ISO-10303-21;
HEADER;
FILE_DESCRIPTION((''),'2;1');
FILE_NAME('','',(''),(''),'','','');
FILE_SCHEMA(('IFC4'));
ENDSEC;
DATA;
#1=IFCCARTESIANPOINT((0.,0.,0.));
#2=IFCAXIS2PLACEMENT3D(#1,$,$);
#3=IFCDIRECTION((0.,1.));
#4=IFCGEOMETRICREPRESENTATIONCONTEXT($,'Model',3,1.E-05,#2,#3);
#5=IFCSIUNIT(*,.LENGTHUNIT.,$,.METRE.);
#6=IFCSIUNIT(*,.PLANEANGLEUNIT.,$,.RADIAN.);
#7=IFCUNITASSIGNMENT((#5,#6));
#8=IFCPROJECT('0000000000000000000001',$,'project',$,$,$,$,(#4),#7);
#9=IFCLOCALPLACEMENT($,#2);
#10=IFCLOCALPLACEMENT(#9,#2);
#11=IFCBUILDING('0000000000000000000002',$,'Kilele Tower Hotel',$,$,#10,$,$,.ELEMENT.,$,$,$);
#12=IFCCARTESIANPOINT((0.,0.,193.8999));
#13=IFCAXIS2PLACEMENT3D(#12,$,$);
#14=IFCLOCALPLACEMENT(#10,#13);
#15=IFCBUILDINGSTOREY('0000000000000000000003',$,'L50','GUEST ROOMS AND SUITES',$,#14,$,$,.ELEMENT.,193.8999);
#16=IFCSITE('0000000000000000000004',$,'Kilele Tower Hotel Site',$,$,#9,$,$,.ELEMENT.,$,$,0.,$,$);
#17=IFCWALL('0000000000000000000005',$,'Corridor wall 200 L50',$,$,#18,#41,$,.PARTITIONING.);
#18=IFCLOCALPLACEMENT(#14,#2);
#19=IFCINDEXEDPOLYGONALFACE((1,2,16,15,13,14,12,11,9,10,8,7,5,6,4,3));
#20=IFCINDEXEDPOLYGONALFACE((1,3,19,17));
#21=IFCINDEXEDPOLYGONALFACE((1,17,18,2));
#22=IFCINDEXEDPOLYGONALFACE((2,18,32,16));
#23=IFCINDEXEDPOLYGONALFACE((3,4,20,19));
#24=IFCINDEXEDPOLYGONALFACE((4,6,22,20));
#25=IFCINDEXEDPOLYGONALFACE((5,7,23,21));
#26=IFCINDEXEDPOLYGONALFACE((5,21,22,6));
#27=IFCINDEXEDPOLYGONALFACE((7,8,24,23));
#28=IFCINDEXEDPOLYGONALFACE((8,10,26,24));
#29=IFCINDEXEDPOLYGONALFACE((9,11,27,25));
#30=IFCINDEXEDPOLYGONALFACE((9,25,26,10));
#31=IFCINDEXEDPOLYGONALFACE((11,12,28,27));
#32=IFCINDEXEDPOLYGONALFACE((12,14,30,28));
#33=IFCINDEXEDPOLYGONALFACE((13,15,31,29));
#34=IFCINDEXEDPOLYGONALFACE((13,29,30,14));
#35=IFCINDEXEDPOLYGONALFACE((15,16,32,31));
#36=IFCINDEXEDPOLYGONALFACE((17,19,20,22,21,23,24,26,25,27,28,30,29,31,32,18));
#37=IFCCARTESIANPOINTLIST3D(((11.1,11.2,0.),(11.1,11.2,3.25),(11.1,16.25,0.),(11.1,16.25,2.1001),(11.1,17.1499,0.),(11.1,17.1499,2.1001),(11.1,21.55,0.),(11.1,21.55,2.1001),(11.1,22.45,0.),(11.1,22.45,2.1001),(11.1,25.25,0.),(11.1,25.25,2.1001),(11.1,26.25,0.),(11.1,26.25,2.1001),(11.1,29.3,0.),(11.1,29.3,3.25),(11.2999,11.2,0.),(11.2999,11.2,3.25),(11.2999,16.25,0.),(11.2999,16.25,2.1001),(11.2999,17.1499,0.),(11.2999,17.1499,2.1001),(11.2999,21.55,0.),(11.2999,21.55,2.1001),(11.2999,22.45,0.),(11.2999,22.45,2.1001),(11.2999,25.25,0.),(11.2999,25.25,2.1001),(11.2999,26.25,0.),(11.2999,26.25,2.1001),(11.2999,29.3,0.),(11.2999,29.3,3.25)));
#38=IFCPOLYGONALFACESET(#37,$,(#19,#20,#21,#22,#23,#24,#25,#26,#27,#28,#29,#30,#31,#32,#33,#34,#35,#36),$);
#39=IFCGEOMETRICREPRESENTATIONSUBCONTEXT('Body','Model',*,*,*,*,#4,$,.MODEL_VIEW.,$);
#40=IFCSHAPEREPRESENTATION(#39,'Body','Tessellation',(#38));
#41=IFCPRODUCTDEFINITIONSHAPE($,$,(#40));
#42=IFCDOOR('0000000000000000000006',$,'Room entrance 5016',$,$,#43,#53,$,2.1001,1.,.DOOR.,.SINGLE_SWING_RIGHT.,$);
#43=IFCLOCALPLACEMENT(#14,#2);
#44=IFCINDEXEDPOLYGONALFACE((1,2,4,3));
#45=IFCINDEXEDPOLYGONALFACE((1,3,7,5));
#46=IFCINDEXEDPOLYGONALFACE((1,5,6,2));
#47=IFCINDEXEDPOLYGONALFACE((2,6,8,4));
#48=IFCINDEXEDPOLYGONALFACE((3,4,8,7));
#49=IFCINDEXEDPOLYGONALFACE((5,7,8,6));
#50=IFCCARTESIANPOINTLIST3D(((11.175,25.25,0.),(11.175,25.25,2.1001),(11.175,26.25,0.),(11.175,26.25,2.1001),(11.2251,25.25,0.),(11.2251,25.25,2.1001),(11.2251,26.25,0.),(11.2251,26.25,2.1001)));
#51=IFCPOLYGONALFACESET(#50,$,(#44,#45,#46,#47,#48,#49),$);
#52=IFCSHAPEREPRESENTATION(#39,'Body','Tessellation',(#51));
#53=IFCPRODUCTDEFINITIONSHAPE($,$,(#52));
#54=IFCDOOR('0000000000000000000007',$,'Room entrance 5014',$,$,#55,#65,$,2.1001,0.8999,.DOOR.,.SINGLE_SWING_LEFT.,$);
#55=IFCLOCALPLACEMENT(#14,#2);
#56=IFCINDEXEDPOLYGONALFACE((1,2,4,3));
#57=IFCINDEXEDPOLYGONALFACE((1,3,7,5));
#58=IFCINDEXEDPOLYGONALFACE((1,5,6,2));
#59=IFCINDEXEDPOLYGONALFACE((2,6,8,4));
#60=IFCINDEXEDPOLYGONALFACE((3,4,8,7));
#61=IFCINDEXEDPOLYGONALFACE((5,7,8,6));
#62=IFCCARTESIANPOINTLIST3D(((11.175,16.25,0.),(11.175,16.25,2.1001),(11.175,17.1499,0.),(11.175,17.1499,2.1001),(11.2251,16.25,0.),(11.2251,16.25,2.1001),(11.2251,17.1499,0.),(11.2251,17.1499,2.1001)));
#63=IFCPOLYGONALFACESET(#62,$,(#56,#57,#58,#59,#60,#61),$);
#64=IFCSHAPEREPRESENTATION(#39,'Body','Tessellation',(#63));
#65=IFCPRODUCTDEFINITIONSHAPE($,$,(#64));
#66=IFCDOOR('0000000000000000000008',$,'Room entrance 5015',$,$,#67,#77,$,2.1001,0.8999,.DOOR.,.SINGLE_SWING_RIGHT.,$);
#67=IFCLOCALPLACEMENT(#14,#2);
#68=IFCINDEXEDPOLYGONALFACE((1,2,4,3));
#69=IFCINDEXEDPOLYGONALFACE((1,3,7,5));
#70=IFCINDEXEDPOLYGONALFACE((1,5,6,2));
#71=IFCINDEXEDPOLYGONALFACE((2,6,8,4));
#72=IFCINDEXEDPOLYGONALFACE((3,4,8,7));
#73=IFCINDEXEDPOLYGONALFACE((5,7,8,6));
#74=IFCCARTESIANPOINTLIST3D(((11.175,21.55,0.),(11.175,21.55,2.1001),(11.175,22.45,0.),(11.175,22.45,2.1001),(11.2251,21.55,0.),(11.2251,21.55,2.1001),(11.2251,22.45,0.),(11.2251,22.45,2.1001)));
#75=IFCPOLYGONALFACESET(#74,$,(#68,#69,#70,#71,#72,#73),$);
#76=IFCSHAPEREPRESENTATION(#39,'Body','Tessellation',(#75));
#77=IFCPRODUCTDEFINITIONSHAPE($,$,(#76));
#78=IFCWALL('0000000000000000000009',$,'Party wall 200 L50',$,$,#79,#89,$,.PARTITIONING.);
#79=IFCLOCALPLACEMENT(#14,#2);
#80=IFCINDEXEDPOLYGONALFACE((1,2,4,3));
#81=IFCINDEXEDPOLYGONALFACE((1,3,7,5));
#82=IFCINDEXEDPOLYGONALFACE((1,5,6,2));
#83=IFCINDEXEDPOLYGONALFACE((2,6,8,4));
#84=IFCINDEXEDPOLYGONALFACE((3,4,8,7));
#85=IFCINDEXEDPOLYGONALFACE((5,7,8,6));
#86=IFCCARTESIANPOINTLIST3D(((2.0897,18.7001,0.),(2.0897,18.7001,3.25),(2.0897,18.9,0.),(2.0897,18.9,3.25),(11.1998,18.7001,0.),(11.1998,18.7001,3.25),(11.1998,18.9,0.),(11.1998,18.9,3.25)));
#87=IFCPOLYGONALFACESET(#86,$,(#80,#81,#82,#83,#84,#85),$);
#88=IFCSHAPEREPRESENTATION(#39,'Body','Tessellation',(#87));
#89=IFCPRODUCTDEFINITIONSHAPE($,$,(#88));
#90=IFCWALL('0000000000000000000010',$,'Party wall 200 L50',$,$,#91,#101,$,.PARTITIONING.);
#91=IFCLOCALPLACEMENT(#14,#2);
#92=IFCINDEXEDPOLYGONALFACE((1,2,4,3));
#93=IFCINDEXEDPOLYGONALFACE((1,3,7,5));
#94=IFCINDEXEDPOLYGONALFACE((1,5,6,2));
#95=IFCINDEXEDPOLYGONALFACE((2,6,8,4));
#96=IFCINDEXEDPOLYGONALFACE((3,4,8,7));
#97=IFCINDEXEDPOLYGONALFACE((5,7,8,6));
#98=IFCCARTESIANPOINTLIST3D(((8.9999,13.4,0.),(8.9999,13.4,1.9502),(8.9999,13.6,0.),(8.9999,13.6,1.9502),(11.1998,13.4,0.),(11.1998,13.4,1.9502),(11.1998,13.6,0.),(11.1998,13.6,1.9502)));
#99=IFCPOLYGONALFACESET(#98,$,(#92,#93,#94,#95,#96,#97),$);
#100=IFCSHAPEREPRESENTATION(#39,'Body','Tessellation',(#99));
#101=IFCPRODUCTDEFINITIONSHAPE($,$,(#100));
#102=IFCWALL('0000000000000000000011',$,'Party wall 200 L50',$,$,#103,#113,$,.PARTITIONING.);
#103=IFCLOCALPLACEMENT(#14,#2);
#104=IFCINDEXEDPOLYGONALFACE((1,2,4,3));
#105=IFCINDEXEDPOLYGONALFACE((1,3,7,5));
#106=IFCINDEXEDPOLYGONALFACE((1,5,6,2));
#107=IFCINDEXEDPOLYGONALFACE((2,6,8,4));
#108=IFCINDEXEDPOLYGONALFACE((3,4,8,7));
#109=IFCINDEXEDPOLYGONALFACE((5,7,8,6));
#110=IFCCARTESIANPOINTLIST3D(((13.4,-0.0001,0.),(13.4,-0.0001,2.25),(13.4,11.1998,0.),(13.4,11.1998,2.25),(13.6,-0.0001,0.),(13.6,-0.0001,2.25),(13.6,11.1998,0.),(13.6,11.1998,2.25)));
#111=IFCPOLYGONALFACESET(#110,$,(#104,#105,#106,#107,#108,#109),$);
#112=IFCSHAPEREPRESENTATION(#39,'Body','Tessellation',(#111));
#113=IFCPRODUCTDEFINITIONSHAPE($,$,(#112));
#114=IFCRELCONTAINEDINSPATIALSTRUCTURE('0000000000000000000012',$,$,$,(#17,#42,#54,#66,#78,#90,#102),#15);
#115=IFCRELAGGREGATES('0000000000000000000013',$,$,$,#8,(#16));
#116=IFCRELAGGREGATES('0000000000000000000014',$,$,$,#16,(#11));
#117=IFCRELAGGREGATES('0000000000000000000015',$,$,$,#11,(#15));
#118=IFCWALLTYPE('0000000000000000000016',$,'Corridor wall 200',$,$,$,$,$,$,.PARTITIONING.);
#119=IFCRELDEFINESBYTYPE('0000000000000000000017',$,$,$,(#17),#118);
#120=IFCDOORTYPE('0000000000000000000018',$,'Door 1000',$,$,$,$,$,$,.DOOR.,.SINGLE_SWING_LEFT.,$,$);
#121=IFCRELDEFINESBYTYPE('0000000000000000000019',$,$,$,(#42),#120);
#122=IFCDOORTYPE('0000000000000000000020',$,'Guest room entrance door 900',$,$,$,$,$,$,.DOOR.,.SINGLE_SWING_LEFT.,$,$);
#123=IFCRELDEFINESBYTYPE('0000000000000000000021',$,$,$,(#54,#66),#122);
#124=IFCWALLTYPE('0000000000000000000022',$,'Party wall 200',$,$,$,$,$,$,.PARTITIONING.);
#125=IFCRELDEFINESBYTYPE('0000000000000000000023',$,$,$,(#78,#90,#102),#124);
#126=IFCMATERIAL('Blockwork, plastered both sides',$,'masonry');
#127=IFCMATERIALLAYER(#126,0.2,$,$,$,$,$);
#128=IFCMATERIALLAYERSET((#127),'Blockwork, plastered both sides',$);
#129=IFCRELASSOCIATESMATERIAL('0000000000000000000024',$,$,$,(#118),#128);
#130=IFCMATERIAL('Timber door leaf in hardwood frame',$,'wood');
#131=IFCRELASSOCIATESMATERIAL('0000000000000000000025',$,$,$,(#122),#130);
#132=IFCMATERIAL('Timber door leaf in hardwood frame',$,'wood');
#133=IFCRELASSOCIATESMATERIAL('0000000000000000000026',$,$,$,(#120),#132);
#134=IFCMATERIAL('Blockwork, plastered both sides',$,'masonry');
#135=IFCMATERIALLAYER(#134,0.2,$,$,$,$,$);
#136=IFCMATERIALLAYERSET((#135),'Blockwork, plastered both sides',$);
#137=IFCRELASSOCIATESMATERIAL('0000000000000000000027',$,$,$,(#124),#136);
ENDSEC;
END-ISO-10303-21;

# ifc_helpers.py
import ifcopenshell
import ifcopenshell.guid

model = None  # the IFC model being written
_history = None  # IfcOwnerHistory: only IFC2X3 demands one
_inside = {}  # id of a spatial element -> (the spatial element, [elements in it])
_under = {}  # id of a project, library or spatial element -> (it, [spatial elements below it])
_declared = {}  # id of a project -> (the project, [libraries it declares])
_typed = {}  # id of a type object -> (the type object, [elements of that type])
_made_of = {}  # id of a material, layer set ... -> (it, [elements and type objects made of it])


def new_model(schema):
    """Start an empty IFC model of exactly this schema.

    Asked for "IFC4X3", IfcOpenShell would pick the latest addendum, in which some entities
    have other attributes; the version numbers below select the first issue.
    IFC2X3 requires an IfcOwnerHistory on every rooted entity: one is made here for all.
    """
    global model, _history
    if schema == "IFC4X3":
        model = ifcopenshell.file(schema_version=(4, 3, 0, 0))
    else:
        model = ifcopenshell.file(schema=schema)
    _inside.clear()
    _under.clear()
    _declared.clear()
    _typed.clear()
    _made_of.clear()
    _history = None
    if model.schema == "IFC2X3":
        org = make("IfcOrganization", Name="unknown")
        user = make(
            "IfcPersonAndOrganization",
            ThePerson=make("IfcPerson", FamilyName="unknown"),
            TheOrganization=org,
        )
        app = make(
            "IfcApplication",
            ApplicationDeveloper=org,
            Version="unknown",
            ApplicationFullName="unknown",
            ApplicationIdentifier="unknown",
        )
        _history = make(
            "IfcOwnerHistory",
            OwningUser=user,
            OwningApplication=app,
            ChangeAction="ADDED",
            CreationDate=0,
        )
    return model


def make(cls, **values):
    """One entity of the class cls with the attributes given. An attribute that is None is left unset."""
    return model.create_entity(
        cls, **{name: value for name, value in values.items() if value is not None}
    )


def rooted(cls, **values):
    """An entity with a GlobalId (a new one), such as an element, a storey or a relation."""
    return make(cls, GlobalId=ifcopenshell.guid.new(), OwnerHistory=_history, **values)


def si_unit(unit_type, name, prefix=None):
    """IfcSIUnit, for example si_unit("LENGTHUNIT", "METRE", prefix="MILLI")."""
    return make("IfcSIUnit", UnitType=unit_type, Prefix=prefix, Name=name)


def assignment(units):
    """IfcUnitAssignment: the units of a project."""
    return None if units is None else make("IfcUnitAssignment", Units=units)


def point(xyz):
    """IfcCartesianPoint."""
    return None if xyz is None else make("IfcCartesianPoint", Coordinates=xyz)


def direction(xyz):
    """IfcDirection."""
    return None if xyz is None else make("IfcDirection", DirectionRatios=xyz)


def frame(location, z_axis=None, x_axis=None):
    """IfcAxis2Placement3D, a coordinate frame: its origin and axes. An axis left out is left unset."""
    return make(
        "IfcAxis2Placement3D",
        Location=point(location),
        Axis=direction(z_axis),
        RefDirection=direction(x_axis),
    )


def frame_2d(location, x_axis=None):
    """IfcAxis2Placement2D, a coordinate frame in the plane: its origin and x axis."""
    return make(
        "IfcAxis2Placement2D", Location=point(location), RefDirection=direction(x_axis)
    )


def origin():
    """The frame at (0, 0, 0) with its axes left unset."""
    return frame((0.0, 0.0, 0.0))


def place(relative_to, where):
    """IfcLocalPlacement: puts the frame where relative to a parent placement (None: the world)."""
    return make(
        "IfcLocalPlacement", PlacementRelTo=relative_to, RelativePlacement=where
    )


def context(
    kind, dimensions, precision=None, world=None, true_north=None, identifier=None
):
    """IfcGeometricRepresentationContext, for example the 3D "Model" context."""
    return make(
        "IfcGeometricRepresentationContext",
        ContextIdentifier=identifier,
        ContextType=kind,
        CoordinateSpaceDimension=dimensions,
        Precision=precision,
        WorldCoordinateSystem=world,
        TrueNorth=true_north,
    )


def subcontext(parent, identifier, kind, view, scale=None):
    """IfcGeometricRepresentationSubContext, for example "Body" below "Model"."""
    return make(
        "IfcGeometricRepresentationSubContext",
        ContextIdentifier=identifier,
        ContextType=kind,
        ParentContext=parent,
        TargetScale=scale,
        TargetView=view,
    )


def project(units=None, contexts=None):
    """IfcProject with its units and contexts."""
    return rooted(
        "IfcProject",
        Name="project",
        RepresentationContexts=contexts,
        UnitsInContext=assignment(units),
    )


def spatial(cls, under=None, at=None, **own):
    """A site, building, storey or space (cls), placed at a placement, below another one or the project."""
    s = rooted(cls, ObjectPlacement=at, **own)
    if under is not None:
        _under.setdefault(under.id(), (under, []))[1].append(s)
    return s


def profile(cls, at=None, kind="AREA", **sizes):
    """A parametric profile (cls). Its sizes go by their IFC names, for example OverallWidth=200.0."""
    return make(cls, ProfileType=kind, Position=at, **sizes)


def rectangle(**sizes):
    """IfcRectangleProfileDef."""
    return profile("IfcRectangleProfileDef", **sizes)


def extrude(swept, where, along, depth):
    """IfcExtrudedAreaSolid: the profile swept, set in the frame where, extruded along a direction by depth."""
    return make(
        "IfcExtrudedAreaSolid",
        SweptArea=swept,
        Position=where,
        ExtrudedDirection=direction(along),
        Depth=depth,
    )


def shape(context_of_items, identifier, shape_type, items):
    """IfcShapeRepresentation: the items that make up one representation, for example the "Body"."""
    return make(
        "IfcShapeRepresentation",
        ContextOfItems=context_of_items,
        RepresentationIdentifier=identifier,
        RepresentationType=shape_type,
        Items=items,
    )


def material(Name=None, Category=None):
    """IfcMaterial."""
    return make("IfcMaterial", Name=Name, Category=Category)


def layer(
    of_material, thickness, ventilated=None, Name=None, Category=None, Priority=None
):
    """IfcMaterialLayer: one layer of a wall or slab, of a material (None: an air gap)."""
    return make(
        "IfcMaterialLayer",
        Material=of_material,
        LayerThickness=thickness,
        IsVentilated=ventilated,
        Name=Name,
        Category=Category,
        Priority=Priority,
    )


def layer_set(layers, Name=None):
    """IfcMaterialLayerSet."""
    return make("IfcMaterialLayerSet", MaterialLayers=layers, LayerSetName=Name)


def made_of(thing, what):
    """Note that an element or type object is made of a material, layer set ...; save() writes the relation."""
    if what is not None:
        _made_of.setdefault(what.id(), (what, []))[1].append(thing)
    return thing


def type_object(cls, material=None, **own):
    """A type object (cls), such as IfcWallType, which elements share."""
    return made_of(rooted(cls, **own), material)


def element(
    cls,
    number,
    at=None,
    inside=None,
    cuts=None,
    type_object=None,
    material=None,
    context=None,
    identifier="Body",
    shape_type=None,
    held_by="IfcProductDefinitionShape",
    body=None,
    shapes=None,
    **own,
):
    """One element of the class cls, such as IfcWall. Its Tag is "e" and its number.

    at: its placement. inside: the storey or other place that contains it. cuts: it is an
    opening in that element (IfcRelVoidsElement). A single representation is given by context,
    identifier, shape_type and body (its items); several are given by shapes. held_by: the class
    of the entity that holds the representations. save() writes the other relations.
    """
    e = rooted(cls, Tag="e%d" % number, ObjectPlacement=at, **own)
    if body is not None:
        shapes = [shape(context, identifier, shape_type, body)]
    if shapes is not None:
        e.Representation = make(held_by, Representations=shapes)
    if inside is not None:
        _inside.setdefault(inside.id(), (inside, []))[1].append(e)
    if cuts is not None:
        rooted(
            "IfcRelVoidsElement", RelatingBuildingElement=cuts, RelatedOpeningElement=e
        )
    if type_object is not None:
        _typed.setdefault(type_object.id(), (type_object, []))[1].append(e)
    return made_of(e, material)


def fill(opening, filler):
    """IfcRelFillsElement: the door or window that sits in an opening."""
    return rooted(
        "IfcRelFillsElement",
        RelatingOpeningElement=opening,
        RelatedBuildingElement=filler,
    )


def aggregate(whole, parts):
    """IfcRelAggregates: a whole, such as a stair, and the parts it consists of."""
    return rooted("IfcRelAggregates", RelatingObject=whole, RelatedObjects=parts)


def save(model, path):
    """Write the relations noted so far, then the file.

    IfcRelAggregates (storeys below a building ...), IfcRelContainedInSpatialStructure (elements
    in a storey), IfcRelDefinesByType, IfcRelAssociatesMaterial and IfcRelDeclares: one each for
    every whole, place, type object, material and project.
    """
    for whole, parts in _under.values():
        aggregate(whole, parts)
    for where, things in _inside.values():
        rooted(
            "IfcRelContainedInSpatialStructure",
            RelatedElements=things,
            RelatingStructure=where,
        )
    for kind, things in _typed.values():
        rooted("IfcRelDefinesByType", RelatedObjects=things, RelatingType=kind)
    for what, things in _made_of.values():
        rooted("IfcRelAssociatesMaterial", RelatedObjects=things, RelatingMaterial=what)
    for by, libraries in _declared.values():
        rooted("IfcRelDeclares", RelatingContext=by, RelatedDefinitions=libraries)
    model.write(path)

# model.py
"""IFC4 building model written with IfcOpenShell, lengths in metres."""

from ifc_helpers import new_model, si_unit, direction, frame, frame_2d, origin, place, context, subcontext, project, spatial, rectangle, extrude, material, layer, layer_set, type_object, element, fill, save


model = new_model("IFC4")

# Units and contexts
model_context = context("Model", 3, precision=1e-05, world=origin(), true_north=direction((0.0, 1.0)))
body_context = subcontext(model_context, "Body", "Model", "MODEL_VIEW")
ifc_project = project(units=[si_unit("LENGTHUNIT", "METRE"), si_unit("PLANEANGLEUNIT", "RADIAN")], contexts=[model_context])

# Site, building, storey
site_placement = place(None, origin())
site = spatial("IfcSite", under=ifc_project, at=site_placement, Name="Kilele Tower Hotel Site", CompositionType="ELEMENT", RefElevation=0.0)
building_placement = place(site_placement, origin())
building = spatial("IfcBuilding", under=site, at=building_placement, Name="Kilele Tower Hotel", CompositionType="ELEMENT")
storey_placement = place(building_placement, frame((0.0, 0.0, 193.8999)))
storey = spatial("IfcBuildingStorey", under=building, at=storey_placement, Name="L50", Description="GUEST ROOMS AND SUITES", CompositionType="ELEMENT", Elevation=193.8999)

# Wall, openings, doors
ifc_material_1 = material(Name="Blockwork, plastered both sides", Category="masonry")
ifc_layer_1 = layer(ifc_material_1, 0.2)
ifc_layer_set_1 = layer_set([ifc_layer_1], Name="Blockwork, plastered both sides")
wall_type_1 = type_object("IfcWallType", Name="Corridor wall 200", PredefinedType="PARTITIONING", material=ifc_layer_set_1)
ifc_material_2 = material(Name="Timber door leaf in hardwood frame", Category="wood")
door_type_1 = type_object("IfcDoorType", Name="Guest room entrance door 900", OperationType="SINGLE_SWING_LEFT", PredefinedType="DOOR", material=ifc_material_2)
wall_1_placement = place(storey_placement, frame((11.2, 11.2, 0.0), z_axis=(0.0, 0.0, 1.0), x_axis=(0.0, 1.0, 0.0)))
wall_1 = element("IfcWall", 1, at=wall_1_placement, inside=storey, type_object=wall_type_1, Name="Corridor wall 200 L50", PredefinedType="PARTITIONING", context=body_context, shape_type="SweptSolid", body=[
    extrude(rectangle(XDim=18.1001, YDim=0.2, at=frame_2d((9.05, 0.0))), origin(), (0.0, 0.0, 1.0), 3.25),
])
opening_1_placement = place(wall_1_placement, frame((5.05, 0.0, 0.0)))
opening_1 = element("IfcOpeningElement", 2, at=opening_1_placement, cuts=wall_1, PredefinedType="OPENING", context=body_context, shape_type="SweptSolid", body=[
    extrude(rectangle(XDim=0.8999, YDim=2.1001, at=frame_2d((0.45, 1.05))), frame((0.0, 0.1099, 0.0), z_axis=(0.0, -1.0, 0.0), x_axis=(1.0, 0.0, 0.0)), (0.0, 0.0, 1.0), 0.22),
])
opening_2_placement = place(wall_1_placement, frame((10.3501, 0.0, 0.0)))
opening_2 = element("IfcOpeningElement", 3, at=opening_2_placement, cuts=wall_1, PredefinedType="OPENING", context=body_context, shape_type="SweptSolid", body=[
    extrude(rectangle(XDim=0.8999, YDim=2.1001, at=frame_2d((0.45, 1.05))), frame((0.0, 0.1099, 0.0), z_axis=(0.0, -1.0, 0.0), x_axis=(1.0, 0.0, 0.0)), (0.0, 0.0, 1.0), 0.22),
])
opening_3_placement = place(wall_1_placement, frame((14.05, 0.0, 0.0)))
opening_3 = element("IfcOpeningElement", 4, at=opening_3_placement, cuts=wall_1, PredefinedType="OPENING", context=body_context, shape_type="SweptSolid", body=[
    extrude(rectangle(XDim=1.0, YDim=2.1001, at=frame_2d((0.5, 1.05))), frame((0.0, 0.1099, 0.0), z_axis=(0.0, -1.0, 0.0), x_axis=(1.0, 0.0, 0.0)), (0.0, 0.0, 1.0), 0.22),
])
ifc_material_3 = material(Name="Timber door leaf in hardwood frame", Category="wood")
door_type_2 = type_object("IfcDoorType", Name="Door 1000", OperationType="SINGLE_SWING_LEFT", PredefinedType="DOOR", material=ifc_material_3)
door_1_placement = place(opening_3_placement, origin())
door_1 = element("IfcDoor", 5, at=door_1_placement, inside=storey, type_object=door_type_2, Name="Room entrance 5016", OperationType="SINGLE_SWING_RIGHT", OverallHeight=2.1001, OverallWidth=1.0, PredefinedType="DOOR", context=body_context, shape_type="SweptSolid", body=[
    extrude(rectangle(XDim=1.0, YDim=2.1001, at=frame_2d((0.5, 1.05))), frame((0.0, 0.0249, 0.0), z_axis=(0.0, -1.0, 0.0), x_axis=(1.0, 0.0, 0.0)), (0.0, 0.0, 1.0), 0.05),
])
fill(opening_3, door_1)
door_2_placement = place(opening_1_placement, origin())
door_2 = element("IfcDoor", 6, at=door_2_placement, inside=storey, type_object=door_type_1, Name="Room entrance 5014", OperationType="SINGLE_SWING_LEFT", OverallHeight=2.1001, OverallWidth=0.8999, PredefinedType="DOOR", context=body_context, shape_type="SweptSolid", body=[
    extrude(rectangle(XDim=0.8999, YDim=2.1001, at=frame_2d((0.45, 1.05))), frame((0.0, 0.0249, 0.0), z_axis=(0.0, -1.0, 0.0), x_axis=(1.0, 0.0, 0.0)), (0.0, 0.0, 1.0), 0.05),
])
fill(opening_1, door_2)
door_3_placement = place(opening_2_placement, origin())
door_3 = element("IfcDoor", 7, at=door_3_placement, inside=storey, type_object=door_type_1, Name="Room entrance 5015", OperationType="SINGLE_SWING_RIGHT", OverallHeight=2.1001, OverallWidth=0.8999, PredefinedType="DOOR", context=body_context, shape_type="SweptSolid", body=[
    extrude(rectangle(XDim=0.8999, YDim=2.1001, at=frame_2d((0.45, 1.05))), frame((0.0, 0.0249, 0.0), z_axis=(0.0, -1.0, 0.0), x_axis=(1.0, 0.0, 0.0)), (0.0, 0.0, 1.0), 0.05),
])
fill(opening_2, door_3)

# Walls
ifc_material_4 = material(Name="Blockwork, plastered both sides", Category="masonry")
ifc_layer_2 = layer(ifc_material_4, 0.2)
ifc_layer_set_2 = layer_set([ifc_layer_2], Name="Blockwork, plastered both sides")
wall_type_2 = type_object("IfcWallType", Name="Party wall 200", PredefinedType="PARTITIONING", material=ifc_layer_set_2)
wall_2_placement = place(storey_placement, frame((11.2, 18.8, 0.0), z_axis=(0.0, 0.0, 1.0), x_axis=(-1.0, 0.0, 0.0)))
element("IfcWall", 8, at=wall_2_placement, inside=storey, type_object=wall_type_2, Name="Party wall 200 L50", PredefinedType="PARTITIONING", context=body_context, shape_type="SweptSolid", body=[
    extrude(rectangle(XDim=9.1101, YDim=0.2, at=frame_2d((4.5552, 0.0))), origin(), (0.0, 0.0, 1.0), 3.25),
])
wall_3_placement = place(storey_placement, frame((11.2, 13.5, 0.0), z_axis=(0.0, 0.0, 1.0), x_axis=(-1.0, 0.0, 0.0)))
element("IfcWall", 9, at=wall_3_placement, inside=storey, type_object=wall_type_2, Name="Party wall 200 L50", PredefinedType="PARTITIONING", context=body_context, shape_type="SweptSolid", body=[
    extrude(rectangle(XDim=2.2, YDim=0.2, at=frame_2d((1.1001, 0.0))), origin(), (0.0, 0.0, 1.0), 1.9502),
])
wall_4_placement = place(storey_placement, frame((13.5, 11.2, 0.0), z_axis=(0.0, 0.0, 1.0), x_axis=(0.0, -1.0, 0.0)))
element("IfcWall", 10, at=wall_4_placement, inside=storey, type_object=wall_type_2, Name="Party wall 200 L50", PredefinedType="PARTITIONING", context=body_context, shape_type="SweptSolid", body=[
    extrude(rectangle(XDim=11.2, YDim=0.2, at=frame_2d((5.6001, 0.0))), origin(), (0.0, 0.0, 1.0), 2.25),
])

save(model, "model.ifc")
